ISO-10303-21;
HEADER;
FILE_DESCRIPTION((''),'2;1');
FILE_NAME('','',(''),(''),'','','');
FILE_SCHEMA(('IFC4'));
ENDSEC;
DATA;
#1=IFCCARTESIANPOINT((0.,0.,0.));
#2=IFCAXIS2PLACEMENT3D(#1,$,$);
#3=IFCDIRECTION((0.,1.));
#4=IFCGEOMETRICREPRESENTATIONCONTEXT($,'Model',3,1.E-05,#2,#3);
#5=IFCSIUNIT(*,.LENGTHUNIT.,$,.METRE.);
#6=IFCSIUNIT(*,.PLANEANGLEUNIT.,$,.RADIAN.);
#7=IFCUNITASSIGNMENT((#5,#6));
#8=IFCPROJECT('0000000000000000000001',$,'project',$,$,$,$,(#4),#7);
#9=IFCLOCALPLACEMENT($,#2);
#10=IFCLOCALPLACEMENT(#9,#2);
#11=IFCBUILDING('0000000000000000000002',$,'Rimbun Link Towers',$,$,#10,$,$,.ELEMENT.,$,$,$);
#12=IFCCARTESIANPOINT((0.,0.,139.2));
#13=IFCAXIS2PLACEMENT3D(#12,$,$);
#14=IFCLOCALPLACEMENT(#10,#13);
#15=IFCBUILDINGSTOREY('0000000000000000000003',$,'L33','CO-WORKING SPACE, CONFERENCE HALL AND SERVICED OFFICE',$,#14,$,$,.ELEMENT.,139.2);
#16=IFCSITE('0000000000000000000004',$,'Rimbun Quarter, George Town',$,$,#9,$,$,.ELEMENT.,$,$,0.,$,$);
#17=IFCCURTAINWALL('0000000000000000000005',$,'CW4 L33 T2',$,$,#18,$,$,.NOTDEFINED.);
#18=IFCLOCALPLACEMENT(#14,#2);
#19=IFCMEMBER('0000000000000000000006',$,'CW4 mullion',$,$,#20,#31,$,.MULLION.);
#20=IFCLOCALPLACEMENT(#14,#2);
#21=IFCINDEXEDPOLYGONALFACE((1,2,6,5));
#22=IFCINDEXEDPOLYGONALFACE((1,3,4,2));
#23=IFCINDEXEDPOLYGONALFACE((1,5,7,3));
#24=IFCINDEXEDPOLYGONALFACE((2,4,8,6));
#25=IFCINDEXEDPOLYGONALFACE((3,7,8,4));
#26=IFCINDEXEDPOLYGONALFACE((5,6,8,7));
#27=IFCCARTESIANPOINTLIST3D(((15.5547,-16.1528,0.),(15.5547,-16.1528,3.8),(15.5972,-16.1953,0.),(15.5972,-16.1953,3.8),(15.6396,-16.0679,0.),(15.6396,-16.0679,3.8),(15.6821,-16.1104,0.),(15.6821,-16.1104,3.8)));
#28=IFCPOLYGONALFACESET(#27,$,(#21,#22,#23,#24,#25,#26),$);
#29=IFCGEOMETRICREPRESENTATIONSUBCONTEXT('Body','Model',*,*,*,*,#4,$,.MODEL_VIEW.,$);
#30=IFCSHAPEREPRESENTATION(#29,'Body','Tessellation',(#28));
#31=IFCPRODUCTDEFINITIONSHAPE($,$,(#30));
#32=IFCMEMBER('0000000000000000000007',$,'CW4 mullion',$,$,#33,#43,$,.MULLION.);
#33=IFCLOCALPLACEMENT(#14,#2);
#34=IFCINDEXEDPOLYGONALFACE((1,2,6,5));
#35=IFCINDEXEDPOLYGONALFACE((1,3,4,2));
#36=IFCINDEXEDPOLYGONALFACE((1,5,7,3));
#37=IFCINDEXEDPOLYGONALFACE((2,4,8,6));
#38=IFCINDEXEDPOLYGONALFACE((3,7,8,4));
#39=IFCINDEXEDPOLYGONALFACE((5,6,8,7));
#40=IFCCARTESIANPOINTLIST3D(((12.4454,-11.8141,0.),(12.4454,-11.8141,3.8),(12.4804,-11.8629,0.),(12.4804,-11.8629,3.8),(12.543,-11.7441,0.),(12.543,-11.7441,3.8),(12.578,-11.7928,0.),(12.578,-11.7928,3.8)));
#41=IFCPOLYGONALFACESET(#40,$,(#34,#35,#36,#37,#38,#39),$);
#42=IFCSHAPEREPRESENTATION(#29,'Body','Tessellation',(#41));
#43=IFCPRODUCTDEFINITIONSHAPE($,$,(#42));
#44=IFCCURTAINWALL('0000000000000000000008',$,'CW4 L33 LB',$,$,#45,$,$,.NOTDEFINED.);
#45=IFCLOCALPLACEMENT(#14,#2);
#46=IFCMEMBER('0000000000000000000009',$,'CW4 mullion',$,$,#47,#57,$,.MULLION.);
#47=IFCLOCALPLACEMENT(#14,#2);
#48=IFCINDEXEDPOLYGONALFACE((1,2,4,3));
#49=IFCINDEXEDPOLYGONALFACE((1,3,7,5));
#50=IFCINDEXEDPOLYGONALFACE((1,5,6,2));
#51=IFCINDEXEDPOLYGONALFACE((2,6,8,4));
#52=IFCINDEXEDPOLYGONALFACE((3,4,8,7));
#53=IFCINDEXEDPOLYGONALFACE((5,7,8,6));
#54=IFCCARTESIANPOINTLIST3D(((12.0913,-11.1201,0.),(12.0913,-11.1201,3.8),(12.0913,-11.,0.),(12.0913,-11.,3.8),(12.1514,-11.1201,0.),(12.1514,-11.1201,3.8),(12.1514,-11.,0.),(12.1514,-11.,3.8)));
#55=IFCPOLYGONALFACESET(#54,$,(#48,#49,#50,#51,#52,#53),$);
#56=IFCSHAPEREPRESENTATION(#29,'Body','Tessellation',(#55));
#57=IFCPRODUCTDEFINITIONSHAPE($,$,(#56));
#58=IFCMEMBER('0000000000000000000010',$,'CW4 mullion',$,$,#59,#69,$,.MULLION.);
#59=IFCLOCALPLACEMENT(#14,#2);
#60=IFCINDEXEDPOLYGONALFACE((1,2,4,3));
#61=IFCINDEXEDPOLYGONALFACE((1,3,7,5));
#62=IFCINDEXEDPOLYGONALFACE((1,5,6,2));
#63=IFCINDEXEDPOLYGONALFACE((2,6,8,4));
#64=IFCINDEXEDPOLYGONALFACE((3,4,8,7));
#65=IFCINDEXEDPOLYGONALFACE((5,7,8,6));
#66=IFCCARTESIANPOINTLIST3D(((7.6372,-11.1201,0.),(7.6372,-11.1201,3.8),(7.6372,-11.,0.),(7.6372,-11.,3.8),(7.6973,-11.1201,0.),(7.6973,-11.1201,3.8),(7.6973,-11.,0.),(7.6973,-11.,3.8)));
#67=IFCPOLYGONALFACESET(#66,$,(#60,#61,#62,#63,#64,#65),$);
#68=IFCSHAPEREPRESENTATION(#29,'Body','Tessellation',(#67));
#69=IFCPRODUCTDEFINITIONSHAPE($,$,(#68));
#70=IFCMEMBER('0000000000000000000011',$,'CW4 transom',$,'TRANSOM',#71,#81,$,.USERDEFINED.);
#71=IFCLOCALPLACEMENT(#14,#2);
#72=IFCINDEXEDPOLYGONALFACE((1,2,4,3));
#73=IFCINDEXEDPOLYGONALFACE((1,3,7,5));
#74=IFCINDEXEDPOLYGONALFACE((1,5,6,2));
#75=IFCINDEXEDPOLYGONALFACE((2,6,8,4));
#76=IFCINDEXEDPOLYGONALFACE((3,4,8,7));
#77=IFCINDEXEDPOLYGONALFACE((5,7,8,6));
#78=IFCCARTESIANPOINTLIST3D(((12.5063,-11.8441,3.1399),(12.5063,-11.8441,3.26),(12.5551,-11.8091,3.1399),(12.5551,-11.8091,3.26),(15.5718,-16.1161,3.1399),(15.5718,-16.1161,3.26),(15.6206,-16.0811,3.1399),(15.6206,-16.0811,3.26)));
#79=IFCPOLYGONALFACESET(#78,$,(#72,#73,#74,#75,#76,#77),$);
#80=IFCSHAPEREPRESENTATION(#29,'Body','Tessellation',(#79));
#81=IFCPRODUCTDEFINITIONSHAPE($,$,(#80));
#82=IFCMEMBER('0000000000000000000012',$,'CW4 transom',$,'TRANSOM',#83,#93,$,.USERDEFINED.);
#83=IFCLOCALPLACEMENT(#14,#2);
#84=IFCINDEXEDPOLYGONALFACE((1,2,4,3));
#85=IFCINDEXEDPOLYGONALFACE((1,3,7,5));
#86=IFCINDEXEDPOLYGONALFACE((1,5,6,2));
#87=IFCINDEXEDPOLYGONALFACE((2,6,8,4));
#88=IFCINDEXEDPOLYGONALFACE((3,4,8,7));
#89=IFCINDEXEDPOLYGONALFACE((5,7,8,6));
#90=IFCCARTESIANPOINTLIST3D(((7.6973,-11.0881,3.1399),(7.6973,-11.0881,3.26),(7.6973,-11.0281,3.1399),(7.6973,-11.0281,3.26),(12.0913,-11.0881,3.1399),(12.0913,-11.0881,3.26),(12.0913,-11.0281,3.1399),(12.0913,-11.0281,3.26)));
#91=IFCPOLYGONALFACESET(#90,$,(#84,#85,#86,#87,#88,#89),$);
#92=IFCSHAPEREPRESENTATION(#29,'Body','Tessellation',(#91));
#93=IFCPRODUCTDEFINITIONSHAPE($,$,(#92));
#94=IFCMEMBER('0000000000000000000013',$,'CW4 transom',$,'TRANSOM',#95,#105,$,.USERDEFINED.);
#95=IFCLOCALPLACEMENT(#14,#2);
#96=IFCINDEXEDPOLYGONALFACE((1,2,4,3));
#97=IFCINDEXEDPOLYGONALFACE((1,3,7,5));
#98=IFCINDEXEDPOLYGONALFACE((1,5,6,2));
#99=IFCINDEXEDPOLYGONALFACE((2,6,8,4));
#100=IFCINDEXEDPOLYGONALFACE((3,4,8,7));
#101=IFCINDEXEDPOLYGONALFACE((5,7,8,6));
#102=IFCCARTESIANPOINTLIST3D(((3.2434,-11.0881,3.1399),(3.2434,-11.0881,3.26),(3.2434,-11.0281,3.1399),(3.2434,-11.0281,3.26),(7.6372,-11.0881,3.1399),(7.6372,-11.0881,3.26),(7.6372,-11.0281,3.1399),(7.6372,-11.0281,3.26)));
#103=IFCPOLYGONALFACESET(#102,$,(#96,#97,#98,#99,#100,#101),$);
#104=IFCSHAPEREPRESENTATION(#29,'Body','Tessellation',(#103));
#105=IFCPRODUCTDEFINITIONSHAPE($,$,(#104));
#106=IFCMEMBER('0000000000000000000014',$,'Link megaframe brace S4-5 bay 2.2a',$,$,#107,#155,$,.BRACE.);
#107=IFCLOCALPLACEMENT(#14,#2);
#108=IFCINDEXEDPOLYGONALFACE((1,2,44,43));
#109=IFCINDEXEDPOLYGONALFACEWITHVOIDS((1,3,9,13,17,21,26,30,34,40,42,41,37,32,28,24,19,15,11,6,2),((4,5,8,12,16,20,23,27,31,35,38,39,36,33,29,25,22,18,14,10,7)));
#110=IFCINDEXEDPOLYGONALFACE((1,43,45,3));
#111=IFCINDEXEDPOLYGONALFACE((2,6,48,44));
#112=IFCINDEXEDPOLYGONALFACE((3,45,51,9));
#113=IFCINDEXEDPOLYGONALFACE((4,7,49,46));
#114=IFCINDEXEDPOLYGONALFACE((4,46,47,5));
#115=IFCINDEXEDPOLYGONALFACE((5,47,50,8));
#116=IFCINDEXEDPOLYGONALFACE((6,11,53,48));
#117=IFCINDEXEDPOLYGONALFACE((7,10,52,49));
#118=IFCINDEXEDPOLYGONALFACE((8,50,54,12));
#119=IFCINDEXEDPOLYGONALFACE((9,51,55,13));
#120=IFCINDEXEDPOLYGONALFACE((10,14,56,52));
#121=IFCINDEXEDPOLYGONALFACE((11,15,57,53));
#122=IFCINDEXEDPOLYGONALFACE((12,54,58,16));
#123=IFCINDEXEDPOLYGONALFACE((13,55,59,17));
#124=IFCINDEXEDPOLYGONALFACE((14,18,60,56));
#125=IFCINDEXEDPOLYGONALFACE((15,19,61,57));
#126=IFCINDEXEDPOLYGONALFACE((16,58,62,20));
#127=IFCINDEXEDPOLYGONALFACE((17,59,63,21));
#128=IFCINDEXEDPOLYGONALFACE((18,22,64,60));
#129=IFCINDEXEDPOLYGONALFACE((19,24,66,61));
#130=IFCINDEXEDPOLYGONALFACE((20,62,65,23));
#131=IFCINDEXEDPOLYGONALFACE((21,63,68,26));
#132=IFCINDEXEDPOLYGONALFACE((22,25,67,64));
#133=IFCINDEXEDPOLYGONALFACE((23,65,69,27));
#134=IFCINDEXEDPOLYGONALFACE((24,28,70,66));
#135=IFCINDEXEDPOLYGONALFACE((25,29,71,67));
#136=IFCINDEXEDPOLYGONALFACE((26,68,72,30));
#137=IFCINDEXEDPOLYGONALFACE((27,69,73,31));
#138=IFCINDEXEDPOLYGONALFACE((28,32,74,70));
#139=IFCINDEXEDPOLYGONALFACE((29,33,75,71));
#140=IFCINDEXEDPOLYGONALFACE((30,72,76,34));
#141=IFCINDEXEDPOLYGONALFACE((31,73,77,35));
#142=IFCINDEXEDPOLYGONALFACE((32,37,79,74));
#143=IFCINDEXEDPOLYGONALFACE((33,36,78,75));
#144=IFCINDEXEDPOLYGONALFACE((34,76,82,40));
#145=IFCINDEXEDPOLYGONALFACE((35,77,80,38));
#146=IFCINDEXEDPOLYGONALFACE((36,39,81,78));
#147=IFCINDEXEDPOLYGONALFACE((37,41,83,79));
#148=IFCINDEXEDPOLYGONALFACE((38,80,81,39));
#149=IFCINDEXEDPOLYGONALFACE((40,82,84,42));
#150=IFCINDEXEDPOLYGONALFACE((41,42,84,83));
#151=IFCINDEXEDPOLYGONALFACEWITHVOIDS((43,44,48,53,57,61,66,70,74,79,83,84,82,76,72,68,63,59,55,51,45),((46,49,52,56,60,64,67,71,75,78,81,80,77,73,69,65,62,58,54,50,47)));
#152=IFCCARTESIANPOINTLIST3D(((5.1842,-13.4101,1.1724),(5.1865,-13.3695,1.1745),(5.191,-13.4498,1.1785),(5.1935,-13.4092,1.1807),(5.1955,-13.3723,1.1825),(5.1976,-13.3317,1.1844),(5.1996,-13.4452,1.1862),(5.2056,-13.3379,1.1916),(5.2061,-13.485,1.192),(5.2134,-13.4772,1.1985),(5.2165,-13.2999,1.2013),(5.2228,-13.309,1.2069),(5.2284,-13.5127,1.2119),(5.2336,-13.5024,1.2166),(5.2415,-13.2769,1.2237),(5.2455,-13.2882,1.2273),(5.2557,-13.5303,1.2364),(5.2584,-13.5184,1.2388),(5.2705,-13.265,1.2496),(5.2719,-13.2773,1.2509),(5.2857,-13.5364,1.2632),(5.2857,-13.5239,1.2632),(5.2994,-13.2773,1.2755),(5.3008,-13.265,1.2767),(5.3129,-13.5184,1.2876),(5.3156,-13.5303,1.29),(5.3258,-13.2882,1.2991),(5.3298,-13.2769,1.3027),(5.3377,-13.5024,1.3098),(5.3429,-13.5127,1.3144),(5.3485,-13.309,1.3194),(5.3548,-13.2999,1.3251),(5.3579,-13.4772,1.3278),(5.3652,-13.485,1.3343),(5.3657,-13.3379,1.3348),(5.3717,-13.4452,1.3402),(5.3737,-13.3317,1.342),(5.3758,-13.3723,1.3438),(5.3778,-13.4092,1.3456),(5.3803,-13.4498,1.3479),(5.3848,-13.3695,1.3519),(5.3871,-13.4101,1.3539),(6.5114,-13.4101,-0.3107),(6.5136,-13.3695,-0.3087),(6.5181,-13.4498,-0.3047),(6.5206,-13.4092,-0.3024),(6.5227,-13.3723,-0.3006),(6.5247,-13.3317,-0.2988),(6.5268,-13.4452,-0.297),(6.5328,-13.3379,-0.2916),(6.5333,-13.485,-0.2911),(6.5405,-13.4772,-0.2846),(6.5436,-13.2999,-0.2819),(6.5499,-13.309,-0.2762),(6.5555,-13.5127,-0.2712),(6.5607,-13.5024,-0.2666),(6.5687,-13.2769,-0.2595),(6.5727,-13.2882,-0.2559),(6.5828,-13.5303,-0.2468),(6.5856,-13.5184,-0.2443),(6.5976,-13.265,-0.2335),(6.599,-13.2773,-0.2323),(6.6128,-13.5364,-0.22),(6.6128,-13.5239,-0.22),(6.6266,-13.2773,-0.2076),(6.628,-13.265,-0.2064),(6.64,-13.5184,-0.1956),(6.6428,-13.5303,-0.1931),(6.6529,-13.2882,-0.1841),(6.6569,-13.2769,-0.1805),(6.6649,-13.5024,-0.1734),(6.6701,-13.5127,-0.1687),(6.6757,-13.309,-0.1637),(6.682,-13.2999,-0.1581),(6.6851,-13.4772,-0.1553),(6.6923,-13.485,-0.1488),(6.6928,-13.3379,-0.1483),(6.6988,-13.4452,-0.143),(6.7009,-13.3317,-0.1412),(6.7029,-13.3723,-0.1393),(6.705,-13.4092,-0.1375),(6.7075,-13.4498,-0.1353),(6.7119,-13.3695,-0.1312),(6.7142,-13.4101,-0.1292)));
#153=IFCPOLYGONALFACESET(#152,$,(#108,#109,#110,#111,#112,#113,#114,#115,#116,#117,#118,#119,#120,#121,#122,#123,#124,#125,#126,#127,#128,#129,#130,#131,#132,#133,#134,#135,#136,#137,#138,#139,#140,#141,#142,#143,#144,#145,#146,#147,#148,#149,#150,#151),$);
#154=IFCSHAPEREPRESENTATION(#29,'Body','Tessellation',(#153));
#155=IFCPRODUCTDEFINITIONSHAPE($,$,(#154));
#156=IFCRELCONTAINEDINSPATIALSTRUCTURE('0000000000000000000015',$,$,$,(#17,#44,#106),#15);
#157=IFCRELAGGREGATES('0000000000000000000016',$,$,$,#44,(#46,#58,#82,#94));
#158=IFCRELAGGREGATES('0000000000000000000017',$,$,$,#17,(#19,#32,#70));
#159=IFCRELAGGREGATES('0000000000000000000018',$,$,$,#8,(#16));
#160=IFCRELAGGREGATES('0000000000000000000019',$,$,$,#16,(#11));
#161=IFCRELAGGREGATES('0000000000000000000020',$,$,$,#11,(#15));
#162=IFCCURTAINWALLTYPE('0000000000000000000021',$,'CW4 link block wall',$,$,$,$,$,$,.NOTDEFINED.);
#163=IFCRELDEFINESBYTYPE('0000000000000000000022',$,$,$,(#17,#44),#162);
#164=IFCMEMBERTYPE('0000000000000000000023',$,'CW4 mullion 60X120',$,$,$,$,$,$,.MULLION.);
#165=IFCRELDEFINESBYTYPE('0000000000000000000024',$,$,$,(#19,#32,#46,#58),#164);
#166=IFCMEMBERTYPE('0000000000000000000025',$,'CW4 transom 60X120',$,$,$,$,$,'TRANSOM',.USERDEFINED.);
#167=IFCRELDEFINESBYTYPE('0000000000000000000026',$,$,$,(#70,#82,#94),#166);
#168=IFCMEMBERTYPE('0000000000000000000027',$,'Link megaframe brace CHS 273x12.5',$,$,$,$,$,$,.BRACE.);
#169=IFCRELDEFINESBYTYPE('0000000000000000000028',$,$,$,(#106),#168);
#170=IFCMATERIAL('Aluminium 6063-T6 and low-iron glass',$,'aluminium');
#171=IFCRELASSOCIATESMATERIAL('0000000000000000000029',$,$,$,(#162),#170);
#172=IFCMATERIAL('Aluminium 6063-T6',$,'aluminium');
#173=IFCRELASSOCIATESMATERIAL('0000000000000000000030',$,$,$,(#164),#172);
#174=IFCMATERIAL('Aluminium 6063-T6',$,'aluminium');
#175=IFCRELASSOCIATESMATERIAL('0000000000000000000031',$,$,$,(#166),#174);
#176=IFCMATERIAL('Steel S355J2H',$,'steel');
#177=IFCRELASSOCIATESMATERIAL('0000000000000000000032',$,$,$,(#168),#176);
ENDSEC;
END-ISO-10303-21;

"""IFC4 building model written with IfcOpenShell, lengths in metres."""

from ifc_helpers import new_model, si_unit, direction, frame, origin, origin_2d, place, context, subcontext, project, spatial, rectangle, hollow_circle, extrude, material, material_profile, profile_set, type_object, element, aggregate, save


model = new_model("IFC4")

# Units and contexts
model_context = context("Model", 3, precision=1e-05, world=origin(), true_north=direction((0.0, 1.0)))
body_context = subcontext(model_context, "Body", "Model", "MODEL_VIEW")
ifc_project = project(units=[si_unit("LENGTHUNIT", "METRE"), si_unit("PLANEANGLEUNIT", "RADIAN")], contexts=[model_context])

# Site, building, storey
site_placement = place(None, origin())
site = spatial("IfcSite", under=ifc_project, at=site_placement, Name="Rimbun Quarter, George Town", CompositionType="ELEMENT", RefElevation=0.0)
building_placement = place(site_placement, origin())
building = spatial("IfcBuilding", under=site, at=building_placement, Name="Rimbun Link Towers", CompositionType="ELEMENT")
storey_placement = place(building_placement, frame((0.0, 0.0, 139.2)))
storey = spatial("IfcBuildingStorey", under=building, at=storey_placement, Name="L33", Description="CO-WORKING SPACE, CONFERENCE HALL AND SERVICED OFFICE", CompositionType="ELEMENT", Elevation=139.2)

# Curtain walls, members
ifc_material_1 = material(Name="Aluminium 6063-T6 and low-iron glass", Category="aluminium")
curtain_wall_type = type_object("IfcCurtainWallType", Name="CW4 link block wall", PredefinedType="NOTDEFINED", material=ifc_material_1)
curtain_wall_1_placement = place(storey_placement, origin())
curtain_wall_1 = element("IfcCurtainWall", 1, at=curtain_wall_1_placement, inside=storey, type_object=curtain_wall_type, Name="CW4 L33 T2", PredefinedType="NOTDEFINED")
ifc_material_2 = material(Name="Aluminium 6063-T6", Category="aluminium")
ifc_material_profile_1 = material_profile(ifc_material_2, rectangle(XDim=0.1201, YDim=0.0601, at=origin_2d()), Name="MULLION 60X120")
ifc_profile_set_1 = profile_set([ifc_material_profile_1], Name="Aluminium 6063-T6")
member_type_1 = type_object("IfcMemberType", Name="CW4 mullion 60X120", PredefinedType="MULLION", material=ifc_profile_set_1)
member_1_placement = place(storey_placement, frame((15.6184, -16.1316, 0.0), z_axis=(0.0, 0.0, 1.0), x_axis=(-0.707107, -0.707107, 0.0)))
member_1 = element("IfcMember", 2, at=member_1_placement, type_object=member_type_1, Name="CW4 mullion", PredefinedType="MULLION", context=body_context, shape_type="SweptSolid", body=[
    extrude(rectangle(XDim=0.1201, YDim=0.0601, at=origin_2d()), origin(), (0.0, 0.0, 1.0), 3.8),
])
member_2_placement = place(storey_placement, frame((12.5117, -11.8035, 0.0), z_axis=(0.0, 0.0, 1.0), x_axis=(-0.812465, -0.583009, 0.0)))
member_2 = element("IfcMember", 3, at=member_2_placement, type_object=member_type_1, Name="CW4 mullion", PredefinedType="MULLION", context=body_context, shape_type="SweptSolid", body=[
    extrude(rectangle(XDim=0.1201, YDim=0.0601, at=origin_2d()), origin(), (0.0, 0.0, 1.0), 3.8),
])
curtain_wall_2_placement = place(storey_placement, origin())
curtain_wall_2 = element("IfcCurtainWall", 4, at=curtain_wall_2_placement, inside=storey, type_object=curtain_wall_type, Name="CW4 L33 LB", PredefinedType="NOTDEFINED")
member_3_placement = place(storey_placement, frame((12.1213, -11.0601, 0.0), z_axis=(0.0, 0.0, 1.0), x_axis=(0.0, -1.0, 0.0)))
member_3 = element("IfcMember", 5, at=member_3_placement, type_object=member_type_1, Name="CW4 mullion", PredefinedType="MULLION", context=body_context, shape_type="SweptSolid", body=[
    extrude(rectangle(XDim=0.1201, YDim=0.0601, at=origin_2d()), origin(), (0.0, 0.0, 1.0), 3.8),
])
member_4_placement = place(storey_placement, frame((7.6672, -11.0601, 0.0), z_axis=(0.0, 0.0, 1.0), x_axis=(0.0, -1.0, 0.0)))
member_4 = element("IfcMember", 6, at=member_4_placement, type_object=member_type_1, Name="CW4 mullion", PredefinedType="MULLION", context=body_context, shape_type="SweptSolid", body=[
    extrude(rectangle(XDim=0.1201, YDim=0.0601, at=origin_2d()), origin(), (0.0, 0.0, 1.0), 3.8),
])

# Members
ifc_material_3 = material(Name="Aluminium 6063-T6", Category="aluminium")
ifc_material_profile_2 = material_profile(ifc_material_3, rectangle(XDim=0.0601, YDim=0.1201, at=origin_2d()), Name="TRANSOM 60X120")
ifc_profile_set_2 = profile_set([ifc_material_profile_2], Name="Aluminium 6063-T6")
member_type_2 = type_object("IfcMemberType", Name="CW4 transom 60X120", ElementType="TRANSOM", PredefinedType="USERDEFINED", material=ifc_profile_set_2)
member_5_placement = place(storey_placement, frame((15.5962, -16.0986, 3.2), z_axis=(-0.583003, 0.81247, 0.0), x_axis=(-0.81247, -0.583003, 0.0)))
member_5 = element("IfcMember", 7, at=member_5_placement, type_object=member_type_2, Name="CW4 transom", ObjectType="TRANSOM", PredefinedType="USERDEFINED", context=body_context, shape_type="SweptSolid", body=[
    extrude(rectangle(XDim=0.0601, YDim=0.1201, at=origin_2d()), origin(), (0.0, 0.0, 1.0), 5.2581),
])
member_6_placement = place(storey_placement, frame((12.0913, -11.0581, 3.2), z_axis=(-1.0, 0.0, 0.0), x_axis=(0.0, -1.0, 0.0)))
member_6 = element("IfcMember", 8, at=member_6_placement, type_object=member_type_2, Name="CW4 transom", ObjectType="TRANSOM", PredefinedType="USERDEFINED", context=body_context, shape_type="SweptSolid", body=[
    extrude(rectangle(XDim=0.0601, YDim=0.1201, at=origin_2d()), origin(), (0.0, 0.0, 1.0), 4.394),
])
member_7_placement = place(storey_placement, frame((7.6372, -11.0581, 3.2), z_axis=(-1.0, 0.0, 0.0), x_axis=(0.0, -1.0, 0.0)))
member_7 = element("IfcMember", 9, at=member_7_placement, type_object=member_type_2, Name="CW4 transom", ObjectType="TRANSOM", PredefinedType="USERDEFINED", context=body_context, shape_type="SweptSolid", body=[
    extrude(rectangle(XDim=0.0601, YDim=0.1201, at=origin_2d()), origin(), (0.0, 0.0, 1.0), 4.3938),
])
aggregate(curtain_wall_2, [member_3, member_4, member_6, member_7])

# Member
ifc_material_4 = material(Name="Steel S355J2H", Category="steel")
ifc_material_profile_3 = material_profile(ifc_material_4, hollow_circle(Radius=0.1365, WallThickness=0.0125, at=origin_2d()), Name="CHS 273x12.5")
ifc_profile_set_3 = profile_set([ifc_material_profile_3], Name="Steel S355J2H")
member_type_3 = type_object("IfcMemberType", Name="Link megaframe brace CHS 273x12.5", PredefinedType="BRACE", material=ifc_profile_set_3)
member_8_placement = place(storey_placement, frame((6.6128, -13.3999, -0.22), z_axis=(-0.666827, 0.0, 0.745212), x_axis=(0.0, -1.0, 0.0)))
element("IfcMember", 10, at=member_8_placement, inside=storey, type_object=member_type_3, Name="Link megaframe brace S4-5 bay 2.2a", PredefinedType="BRACE", context=body_context, shape_type="SweptSolid", body=[
    extrude(hollow_circle(Radius=0.1365, WallThickness=0.0125, at=origin_2d()), origin(), (0.0, 0.0, 1.0), 1.9902),
])

aggregate(curtain_wall_1, [member_1, member_2, member_5])

save(model, "model.ifc")
